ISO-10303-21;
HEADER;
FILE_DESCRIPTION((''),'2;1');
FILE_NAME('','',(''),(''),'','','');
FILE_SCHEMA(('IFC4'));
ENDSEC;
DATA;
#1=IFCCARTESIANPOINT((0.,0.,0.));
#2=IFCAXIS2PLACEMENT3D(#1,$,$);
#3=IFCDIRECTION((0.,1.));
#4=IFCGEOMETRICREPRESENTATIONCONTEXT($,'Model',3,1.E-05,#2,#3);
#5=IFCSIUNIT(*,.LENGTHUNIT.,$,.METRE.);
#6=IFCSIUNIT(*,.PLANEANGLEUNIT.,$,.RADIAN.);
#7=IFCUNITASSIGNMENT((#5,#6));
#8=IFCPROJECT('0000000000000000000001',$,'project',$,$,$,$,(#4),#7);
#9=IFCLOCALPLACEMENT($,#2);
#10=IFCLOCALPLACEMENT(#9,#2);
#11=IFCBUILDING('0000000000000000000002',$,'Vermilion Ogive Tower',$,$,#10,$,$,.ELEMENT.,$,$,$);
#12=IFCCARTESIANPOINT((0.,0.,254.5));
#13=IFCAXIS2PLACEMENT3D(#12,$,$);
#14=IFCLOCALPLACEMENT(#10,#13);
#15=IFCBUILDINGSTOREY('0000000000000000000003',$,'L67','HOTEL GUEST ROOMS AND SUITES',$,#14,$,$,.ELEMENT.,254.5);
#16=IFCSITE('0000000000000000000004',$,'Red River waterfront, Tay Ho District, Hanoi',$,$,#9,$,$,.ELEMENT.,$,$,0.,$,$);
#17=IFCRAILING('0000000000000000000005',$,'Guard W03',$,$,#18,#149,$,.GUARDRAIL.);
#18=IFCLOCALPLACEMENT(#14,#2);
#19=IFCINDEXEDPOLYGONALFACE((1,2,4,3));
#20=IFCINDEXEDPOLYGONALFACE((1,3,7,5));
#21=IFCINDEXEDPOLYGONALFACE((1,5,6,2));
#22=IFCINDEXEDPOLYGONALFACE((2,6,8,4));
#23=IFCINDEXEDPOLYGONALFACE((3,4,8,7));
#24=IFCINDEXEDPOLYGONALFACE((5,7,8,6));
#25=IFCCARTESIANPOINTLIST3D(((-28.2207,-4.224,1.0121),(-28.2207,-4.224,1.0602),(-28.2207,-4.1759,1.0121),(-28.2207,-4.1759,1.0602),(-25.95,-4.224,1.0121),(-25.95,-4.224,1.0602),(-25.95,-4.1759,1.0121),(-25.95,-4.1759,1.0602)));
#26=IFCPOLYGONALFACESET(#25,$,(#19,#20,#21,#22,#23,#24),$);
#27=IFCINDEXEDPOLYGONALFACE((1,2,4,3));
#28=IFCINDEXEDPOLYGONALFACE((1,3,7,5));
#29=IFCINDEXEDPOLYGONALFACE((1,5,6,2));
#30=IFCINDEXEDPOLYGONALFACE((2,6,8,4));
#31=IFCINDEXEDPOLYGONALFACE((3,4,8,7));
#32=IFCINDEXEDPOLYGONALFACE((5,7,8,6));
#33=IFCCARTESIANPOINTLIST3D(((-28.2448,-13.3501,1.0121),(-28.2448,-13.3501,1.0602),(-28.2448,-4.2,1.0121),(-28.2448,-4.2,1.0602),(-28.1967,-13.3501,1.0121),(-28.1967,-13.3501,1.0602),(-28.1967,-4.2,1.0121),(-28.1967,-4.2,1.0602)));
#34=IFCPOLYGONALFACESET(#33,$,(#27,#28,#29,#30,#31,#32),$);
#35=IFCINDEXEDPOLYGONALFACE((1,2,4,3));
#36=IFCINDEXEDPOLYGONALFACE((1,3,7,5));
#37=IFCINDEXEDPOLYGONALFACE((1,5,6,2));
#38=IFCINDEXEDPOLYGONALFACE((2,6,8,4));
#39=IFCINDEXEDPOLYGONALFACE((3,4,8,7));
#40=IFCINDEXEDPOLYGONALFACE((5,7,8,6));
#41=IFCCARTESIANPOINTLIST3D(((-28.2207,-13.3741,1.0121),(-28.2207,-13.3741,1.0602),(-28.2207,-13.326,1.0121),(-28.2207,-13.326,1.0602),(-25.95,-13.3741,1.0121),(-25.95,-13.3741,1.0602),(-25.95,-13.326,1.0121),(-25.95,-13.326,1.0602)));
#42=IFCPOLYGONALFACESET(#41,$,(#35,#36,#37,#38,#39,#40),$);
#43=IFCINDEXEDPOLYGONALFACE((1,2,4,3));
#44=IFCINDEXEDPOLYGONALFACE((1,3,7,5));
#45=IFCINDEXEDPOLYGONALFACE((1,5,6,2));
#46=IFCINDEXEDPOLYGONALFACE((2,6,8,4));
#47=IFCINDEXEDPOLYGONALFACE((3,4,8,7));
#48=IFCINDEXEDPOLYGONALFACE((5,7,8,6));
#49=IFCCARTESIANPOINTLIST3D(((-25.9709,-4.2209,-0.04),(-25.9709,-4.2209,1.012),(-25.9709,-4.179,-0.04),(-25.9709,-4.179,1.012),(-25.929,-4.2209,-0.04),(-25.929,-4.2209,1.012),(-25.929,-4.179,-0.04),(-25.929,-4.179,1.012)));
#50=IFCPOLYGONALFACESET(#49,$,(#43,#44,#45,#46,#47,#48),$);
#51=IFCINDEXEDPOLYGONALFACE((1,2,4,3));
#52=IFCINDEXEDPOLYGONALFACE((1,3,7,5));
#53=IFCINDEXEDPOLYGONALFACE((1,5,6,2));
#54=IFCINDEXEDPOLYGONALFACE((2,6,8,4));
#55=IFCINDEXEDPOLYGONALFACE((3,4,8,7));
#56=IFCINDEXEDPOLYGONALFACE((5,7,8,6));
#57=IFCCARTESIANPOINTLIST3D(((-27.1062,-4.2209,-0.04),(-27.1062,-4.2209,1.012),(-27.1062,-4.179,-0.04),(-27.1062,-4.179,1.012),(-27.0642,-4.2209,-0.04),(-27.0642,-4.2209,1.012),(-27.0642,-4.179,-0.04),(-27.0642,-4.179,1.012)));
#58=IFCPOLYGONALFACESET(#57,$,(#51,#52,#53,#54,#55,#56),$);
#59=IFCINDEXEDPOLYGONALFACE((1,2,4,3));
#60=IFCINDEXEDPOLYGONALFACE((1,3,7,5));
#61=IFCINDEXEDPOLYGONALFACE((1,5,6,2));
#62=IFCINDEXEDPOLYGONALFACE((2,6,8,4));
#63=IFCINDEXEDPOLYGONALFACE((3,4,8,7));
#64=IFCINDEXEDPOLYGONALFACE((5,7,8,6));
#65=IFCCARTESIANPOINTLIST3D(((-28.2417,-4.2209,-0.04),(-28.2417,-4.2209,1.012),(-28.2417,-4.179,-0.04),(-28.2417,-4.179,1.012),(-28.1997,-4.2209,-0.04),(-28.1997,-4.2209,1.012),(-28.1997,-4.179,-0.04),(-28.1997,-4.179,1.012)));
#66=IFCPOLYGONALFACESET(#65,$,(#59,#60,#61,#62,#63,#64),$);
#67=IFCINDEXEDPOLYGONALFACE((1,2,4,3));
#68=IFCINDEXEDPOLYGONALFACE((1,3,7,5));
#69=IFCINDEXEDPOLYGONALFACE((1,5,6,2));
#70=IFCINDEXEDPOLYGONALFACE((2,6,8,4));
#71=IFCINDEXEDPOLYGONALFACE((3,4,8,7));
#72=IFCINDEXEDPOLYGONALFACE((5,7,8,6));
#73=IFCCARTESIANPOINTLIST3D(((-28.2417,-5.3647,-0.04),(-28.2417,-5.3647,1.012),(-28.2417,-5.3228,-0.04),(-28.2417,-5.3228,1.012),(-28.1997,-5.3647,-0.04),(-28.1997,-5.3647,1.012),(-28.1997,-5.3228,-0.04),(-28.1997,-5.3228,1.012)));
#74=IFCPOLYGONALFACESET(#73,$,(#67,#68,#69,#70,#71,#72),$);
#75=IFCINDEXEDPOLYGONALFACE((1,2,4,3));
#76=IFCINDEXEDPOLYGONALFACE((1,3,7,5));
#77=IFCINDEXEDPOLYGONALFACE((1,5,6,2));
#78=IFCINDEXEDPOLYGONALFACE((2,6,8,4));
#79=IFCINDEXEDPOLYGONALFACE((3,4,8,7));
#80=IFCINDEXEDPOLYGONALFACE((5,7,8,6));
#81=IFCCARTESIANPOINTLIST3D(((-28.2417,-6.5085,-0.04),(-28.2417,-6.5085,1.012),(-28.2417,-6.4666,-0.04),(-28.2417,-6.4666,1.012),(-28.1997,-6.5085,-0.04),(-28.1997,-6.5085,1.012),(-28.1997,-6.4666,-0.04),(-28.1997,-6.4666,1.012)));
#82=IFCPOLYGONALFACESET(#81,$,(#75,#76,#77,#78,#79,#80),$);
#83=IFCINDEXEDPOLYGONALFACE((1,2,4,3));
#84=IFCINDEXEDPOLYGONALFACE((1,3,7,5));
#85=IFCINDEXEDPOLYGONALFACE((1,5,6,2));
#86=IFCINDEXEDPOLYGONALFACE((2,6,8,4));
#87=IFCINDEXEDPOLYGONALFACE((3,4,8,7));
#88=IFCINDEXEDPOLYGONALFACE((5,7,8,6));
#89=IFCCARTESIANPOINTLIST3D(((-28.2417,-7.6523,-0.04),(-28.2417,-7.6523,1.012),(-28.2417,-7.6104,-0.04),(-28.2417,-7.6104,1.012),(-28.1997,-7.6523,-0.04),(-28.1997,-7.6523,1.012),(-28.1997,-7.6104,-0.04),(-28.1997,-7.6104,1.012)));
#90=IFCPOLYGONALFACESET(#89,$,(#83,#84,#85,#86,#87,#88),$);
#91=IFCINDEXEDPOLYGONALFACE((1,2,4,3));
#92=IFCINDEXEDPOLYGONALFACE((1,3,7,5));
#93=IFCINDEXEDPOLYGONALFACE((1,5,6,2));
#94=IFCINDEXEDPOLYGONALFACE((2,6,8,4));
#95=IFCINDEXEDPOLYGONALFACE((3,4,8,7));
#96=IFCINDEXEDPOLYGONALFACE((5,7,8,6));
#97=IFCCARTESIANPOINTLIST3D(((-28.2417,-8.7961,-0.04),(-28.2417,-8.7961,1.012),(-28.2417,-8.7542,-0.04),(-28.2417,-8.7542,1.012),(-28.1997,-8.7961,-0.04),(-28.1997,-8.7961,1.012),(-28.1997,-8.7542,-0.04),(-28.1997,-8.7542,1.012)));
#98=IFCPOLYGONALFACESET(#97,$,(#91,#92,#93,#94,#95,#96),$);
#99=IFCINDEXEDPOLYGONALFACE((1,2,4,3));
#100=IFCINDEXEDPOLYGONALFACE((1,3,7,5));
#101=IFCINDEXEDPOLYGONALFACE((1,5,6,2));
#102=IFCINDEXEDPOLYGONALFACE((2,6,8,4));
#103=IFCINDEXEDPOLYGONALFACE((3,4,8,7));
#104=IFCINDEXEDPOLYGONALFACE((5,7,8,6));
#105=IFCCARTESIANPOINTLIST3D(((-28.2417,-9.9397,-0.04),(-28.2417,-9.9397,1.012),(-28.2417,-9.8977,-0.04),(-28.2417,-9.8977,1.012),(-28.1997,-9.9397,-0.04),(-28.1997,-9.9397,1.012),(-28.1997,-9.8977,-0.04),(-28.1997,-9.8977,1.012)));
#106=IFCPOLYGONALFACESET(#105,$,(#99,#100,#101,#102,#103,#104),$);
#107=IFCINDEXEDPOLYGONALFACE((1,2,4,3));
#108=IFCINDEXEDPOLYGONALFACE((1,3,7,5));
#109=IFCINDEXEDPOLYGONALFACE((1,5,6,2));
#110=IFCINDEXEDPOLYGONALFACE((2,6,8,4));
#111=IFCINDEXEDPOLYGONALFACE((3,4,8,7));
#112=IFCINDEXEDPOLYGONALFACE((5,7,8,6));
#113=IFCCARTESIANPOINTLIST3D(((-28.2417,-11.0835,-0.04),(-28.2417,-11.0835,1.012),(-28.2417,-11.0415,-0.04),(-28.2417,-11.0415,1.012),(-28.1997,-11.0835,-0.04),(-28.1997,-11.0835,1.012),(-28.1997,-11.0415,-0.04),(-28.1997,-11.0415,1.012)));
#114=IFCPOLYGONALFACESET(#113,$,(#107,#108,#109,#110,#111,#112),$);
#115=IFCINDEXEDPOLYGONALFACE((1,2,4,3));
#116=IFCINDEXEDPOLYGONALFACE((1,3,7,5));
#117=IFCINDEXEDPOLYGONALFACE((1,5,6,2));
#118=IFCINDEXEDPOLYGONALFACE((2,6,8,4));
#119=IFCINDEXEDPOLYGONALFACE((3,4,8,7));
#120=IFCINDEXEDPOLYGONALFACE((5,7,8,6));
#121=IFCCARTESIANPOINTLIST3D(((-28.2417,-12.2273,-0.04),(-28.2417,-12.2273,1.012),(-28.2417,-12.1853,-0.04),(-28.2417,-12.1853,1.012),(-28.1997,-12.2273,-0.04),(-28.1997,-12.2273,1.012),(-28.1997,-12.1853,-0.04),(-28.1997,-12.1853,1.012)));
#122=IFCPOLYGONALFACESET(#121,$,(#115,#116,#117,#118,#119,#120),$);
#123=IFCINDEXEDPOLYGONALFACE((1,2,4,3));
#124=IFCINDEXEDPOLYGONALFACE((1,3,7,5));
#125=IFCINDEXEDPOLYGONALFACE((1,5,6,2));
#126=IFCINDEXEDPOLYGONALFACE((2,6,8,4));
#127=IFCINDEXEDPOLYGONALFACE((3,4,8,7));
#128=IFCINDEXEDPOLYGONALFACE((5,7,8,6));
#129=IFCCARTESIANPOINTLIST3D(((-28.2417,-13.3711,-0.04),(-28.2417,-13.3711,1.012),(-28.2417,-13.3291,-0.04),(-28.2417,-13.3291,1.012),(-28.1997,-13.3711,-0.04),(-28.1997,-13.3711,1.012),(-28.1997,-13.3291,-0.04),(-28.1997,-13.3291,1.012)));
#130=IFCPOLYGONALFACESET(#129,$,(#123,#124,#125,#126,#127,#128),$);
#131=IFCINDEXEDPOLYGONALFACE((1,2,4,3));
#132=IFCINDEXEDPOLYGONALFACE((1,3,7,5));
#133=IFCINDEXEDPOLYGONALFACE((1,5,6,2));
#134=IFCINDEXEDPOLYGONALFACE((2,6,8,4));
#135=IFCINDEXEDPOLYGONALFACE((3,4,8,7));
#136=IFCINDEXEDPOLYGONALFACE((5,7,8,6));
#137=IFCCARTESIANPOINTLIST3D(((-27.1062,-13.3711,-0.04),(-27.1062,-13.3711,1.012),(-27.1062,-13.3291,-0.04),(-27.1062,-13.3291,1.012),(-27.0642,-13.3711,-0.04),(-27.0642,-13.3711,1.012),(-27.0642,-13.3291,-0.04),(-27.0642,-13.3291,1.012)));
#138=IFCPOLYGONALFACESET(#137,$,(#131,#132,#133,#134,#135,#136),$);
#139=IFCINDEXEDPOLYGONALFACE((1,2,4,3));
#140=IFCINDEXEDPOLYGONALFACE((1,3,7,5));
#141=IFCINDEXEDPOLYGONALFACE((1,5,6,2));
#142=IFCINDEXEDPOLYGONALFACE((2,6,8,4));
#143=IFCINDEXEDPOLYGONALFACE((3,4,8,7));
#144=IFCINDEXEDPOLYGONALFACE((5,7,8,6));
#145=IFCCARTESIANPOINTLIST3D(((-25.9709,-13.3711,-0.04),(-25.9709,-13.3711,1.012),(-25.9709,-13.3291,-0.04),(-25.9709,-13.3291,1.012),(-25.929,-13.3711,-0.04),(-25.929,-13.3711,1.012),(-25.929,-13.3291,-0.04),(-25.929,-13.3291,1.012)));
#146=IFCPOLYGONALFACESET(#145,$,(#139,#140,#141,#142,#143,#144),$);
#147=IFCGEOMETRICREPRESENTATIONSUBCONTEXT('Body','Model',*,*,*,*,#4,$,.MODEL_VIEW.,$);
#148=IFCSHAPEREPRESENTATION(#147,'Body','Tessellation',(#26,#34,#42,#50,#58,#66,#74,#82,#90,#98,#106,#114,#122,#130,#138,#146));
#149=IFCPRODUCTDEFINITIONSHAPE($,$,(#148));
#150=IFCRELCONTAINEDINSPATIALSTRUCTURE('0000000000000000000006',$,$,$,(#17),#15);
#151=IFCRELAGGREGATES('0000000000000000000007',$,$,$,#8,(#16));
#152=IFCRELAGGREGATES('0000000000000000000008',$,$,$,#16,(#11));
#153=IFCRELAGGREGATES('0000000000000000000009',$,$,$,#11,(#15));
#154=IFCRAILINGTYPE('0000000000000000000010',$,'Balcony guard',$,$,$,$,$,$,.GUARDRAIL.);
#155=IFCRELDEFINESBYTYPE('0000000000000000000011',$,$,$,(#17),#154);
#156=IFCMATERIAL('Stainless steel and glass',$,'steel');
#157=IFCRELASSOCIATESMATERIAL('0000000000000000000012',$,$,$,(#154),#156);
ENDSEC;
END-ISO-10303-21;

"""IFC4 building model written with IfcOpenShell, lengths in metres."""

from ifc_helpers import new_model, si_unit, direction, frame, origin, origin_2d, place, context, subcontext, project, spatial, rectangle, extrude, material, type_object, element, save


model = new_model("IFC4")

# Units and contexts
model_context = context("Model", 3, precision=1e-05, world=origin(), true_north=direction((0.0, 1.0)))
body_context = subcontext(model_context, "Body", "Model", "MODEL_VIEW")
ifc_project = project(units=[si_unit("LENGTHUNIT", "METRE"), si_unit("PLANEANGLEUNIT", "RADIAN")], contexts=[model_context])

# Site, building, storey
site_placement = place(None, origin())
site = spatial("IfcSite", under=ifc_project, at=site_placement, Name="Red River waterfront, Tay Ho District, Hanoi", CompositionType="ELEMENT", RefElevation=0.0)
building_placement = place(site_placement, origin())
building = spatial("IfcBuilding", under=site, at=building_placement, Name="Vermilion Ogive Tower", CompositionType="ELEMENT")
storey_placement = place(building_placement, frame((0.0, 0.0, 254.5)))
storey = spatial("IfcBuildingStorey", under=building, at=storey_placement, Name="L67", Description="HOTEL GUEST ROOMS AND SUITES", CompositionType="ELEMENT", Elevation=254.5)

# Railing
ifc_material_1 = material(Name="Stainless steel and glass", Category="steel")
railing_type = type_object("IfcRailingType", Name="Balcony guard", PredefinedType="GUARDRAIL", material=ifc_material_1)
railing_placement = place(storey_placement, frame((-25.95, -4.2, -0.04)))
element("IfcRailing", 1, at=railing_placement, inside=storey, type_object=railing_type, Name="Guard W03", PredefinedType="GUARDRAIL", context=body_context, shape_type="SweptSolid", body=[
    extrude(rectangle(XDim=0.0481, YDim=0.0481, at=origin_2d()), frame((0.0, 0.0, 1.0762), z_axis=(-1.0, 0.0, 0.0), x_axis=(0.0, -1.0, 0.0)), (0.0, 0.0, 1.0), 2.2708),
    extrude(rectangle(XDim=0.0481, YDim=0.0481, at=origin_2d()), frame((-2.2708, 0.0, 1.0762), z_axis=(0.0, -1.0, 0.0), x_axis=(1.0, 0.0, 0.0)), (0.0, 0.0, 1.0), 9.1501),
    extrude(rectangle(XDim=0.0481, YDim=0.0481, at=origin_2d()), frame((-2.2708, -9.1501, 1.0762), z_axis=(1.0, 0.0, 0.0), x_axis=(0.0, 1.0, 0.0)), (0.0, 0.0, 1.0), 2.2708),
    extrude(rectangle(XDim=0.042, YDim=0.042, at=origin_2d()), origin(), (0.0, 0.0, 1.0), 1.052),
    extrude(rectangle(XDim=0.042, YDim=0.042, at=origin_2d()), frame((-1.1353, 0.0, 0.0)), (0.0, 0.0, 1.0), 1.052),
    extrude(rectangle(XDim=0.042, YDim=0.042, at=origin_2d()), frame((-2.2708, 0.0, 0.0)), (0.0, 0.0, 1.0), 1.052),
    extrude(rectangle(XDim=0.042, YDim=0.042, at=origin_2d()), frame((-2.2708, -1.1438, 0.0)), (0.0, 0.0, 1.0), 1.052),
    extrude(rectangle(XDim=0.042, YDim=0.042, at=origin_2d()), frame((-2.2708, -2.2876, 0.0)), (0.0, 0.0, 1.0), 1.052),
    extrude(rectangle(XDim=0.042, YDim=0.042, at=origin_2d()), frame((-2.2708, -3.4314, 0.0)), (0.0, 0.0, 1.0), 1.052),
    extrude(rectangle(XDim=0.042, YDim=0.042, at=origin_2d()), frame((-2.2708, -4.5752, 0.0)), (0.0, 0.0, 1.0), 1.052),
    extrude(rectangle(XDim=0.042, YDim=0.042, at=origin_2d()), frame((-2.2708, -5.7188, 0.0)), (0.0, 0.0, 1.0), 1.052),
    extrude(rectangle(XDim=0.042, YDim=0.042, at=origin_2d()), frame((-2.2708, -6.8625, 0.0)), (0.0, 0.0, 1.0), 1.052),
    extrude(rectangle(XDim=0.042, YDim=0.042, at=origin_2d()), frame((-2.2708, -8.0063, 0.0)), (0.0, 0.0, 1.0), 1.052),
    extrude(rectangle(XDim=0.042, YDim=0.042, at=origin_2d()), frame((-2.2708, -9.1501, 0.0)), (0.0, 0.0, 1.0), 1.052),
    extrude(rectangle(XDim=0.042, YDim=0.042, at=origin_2d()), frame((-1.1353, -9.1501, 0.0)), (0.0, 0.0, 1.0), 1.052),
    extrude(rectangle(XDim=0.042, YDim=0.042, at=origin_2d()), frame((0.0, -9.1501, 0.0)), (0.0, 0.0, 1.0), 1.052),
])

save(model, "model.ifc")
